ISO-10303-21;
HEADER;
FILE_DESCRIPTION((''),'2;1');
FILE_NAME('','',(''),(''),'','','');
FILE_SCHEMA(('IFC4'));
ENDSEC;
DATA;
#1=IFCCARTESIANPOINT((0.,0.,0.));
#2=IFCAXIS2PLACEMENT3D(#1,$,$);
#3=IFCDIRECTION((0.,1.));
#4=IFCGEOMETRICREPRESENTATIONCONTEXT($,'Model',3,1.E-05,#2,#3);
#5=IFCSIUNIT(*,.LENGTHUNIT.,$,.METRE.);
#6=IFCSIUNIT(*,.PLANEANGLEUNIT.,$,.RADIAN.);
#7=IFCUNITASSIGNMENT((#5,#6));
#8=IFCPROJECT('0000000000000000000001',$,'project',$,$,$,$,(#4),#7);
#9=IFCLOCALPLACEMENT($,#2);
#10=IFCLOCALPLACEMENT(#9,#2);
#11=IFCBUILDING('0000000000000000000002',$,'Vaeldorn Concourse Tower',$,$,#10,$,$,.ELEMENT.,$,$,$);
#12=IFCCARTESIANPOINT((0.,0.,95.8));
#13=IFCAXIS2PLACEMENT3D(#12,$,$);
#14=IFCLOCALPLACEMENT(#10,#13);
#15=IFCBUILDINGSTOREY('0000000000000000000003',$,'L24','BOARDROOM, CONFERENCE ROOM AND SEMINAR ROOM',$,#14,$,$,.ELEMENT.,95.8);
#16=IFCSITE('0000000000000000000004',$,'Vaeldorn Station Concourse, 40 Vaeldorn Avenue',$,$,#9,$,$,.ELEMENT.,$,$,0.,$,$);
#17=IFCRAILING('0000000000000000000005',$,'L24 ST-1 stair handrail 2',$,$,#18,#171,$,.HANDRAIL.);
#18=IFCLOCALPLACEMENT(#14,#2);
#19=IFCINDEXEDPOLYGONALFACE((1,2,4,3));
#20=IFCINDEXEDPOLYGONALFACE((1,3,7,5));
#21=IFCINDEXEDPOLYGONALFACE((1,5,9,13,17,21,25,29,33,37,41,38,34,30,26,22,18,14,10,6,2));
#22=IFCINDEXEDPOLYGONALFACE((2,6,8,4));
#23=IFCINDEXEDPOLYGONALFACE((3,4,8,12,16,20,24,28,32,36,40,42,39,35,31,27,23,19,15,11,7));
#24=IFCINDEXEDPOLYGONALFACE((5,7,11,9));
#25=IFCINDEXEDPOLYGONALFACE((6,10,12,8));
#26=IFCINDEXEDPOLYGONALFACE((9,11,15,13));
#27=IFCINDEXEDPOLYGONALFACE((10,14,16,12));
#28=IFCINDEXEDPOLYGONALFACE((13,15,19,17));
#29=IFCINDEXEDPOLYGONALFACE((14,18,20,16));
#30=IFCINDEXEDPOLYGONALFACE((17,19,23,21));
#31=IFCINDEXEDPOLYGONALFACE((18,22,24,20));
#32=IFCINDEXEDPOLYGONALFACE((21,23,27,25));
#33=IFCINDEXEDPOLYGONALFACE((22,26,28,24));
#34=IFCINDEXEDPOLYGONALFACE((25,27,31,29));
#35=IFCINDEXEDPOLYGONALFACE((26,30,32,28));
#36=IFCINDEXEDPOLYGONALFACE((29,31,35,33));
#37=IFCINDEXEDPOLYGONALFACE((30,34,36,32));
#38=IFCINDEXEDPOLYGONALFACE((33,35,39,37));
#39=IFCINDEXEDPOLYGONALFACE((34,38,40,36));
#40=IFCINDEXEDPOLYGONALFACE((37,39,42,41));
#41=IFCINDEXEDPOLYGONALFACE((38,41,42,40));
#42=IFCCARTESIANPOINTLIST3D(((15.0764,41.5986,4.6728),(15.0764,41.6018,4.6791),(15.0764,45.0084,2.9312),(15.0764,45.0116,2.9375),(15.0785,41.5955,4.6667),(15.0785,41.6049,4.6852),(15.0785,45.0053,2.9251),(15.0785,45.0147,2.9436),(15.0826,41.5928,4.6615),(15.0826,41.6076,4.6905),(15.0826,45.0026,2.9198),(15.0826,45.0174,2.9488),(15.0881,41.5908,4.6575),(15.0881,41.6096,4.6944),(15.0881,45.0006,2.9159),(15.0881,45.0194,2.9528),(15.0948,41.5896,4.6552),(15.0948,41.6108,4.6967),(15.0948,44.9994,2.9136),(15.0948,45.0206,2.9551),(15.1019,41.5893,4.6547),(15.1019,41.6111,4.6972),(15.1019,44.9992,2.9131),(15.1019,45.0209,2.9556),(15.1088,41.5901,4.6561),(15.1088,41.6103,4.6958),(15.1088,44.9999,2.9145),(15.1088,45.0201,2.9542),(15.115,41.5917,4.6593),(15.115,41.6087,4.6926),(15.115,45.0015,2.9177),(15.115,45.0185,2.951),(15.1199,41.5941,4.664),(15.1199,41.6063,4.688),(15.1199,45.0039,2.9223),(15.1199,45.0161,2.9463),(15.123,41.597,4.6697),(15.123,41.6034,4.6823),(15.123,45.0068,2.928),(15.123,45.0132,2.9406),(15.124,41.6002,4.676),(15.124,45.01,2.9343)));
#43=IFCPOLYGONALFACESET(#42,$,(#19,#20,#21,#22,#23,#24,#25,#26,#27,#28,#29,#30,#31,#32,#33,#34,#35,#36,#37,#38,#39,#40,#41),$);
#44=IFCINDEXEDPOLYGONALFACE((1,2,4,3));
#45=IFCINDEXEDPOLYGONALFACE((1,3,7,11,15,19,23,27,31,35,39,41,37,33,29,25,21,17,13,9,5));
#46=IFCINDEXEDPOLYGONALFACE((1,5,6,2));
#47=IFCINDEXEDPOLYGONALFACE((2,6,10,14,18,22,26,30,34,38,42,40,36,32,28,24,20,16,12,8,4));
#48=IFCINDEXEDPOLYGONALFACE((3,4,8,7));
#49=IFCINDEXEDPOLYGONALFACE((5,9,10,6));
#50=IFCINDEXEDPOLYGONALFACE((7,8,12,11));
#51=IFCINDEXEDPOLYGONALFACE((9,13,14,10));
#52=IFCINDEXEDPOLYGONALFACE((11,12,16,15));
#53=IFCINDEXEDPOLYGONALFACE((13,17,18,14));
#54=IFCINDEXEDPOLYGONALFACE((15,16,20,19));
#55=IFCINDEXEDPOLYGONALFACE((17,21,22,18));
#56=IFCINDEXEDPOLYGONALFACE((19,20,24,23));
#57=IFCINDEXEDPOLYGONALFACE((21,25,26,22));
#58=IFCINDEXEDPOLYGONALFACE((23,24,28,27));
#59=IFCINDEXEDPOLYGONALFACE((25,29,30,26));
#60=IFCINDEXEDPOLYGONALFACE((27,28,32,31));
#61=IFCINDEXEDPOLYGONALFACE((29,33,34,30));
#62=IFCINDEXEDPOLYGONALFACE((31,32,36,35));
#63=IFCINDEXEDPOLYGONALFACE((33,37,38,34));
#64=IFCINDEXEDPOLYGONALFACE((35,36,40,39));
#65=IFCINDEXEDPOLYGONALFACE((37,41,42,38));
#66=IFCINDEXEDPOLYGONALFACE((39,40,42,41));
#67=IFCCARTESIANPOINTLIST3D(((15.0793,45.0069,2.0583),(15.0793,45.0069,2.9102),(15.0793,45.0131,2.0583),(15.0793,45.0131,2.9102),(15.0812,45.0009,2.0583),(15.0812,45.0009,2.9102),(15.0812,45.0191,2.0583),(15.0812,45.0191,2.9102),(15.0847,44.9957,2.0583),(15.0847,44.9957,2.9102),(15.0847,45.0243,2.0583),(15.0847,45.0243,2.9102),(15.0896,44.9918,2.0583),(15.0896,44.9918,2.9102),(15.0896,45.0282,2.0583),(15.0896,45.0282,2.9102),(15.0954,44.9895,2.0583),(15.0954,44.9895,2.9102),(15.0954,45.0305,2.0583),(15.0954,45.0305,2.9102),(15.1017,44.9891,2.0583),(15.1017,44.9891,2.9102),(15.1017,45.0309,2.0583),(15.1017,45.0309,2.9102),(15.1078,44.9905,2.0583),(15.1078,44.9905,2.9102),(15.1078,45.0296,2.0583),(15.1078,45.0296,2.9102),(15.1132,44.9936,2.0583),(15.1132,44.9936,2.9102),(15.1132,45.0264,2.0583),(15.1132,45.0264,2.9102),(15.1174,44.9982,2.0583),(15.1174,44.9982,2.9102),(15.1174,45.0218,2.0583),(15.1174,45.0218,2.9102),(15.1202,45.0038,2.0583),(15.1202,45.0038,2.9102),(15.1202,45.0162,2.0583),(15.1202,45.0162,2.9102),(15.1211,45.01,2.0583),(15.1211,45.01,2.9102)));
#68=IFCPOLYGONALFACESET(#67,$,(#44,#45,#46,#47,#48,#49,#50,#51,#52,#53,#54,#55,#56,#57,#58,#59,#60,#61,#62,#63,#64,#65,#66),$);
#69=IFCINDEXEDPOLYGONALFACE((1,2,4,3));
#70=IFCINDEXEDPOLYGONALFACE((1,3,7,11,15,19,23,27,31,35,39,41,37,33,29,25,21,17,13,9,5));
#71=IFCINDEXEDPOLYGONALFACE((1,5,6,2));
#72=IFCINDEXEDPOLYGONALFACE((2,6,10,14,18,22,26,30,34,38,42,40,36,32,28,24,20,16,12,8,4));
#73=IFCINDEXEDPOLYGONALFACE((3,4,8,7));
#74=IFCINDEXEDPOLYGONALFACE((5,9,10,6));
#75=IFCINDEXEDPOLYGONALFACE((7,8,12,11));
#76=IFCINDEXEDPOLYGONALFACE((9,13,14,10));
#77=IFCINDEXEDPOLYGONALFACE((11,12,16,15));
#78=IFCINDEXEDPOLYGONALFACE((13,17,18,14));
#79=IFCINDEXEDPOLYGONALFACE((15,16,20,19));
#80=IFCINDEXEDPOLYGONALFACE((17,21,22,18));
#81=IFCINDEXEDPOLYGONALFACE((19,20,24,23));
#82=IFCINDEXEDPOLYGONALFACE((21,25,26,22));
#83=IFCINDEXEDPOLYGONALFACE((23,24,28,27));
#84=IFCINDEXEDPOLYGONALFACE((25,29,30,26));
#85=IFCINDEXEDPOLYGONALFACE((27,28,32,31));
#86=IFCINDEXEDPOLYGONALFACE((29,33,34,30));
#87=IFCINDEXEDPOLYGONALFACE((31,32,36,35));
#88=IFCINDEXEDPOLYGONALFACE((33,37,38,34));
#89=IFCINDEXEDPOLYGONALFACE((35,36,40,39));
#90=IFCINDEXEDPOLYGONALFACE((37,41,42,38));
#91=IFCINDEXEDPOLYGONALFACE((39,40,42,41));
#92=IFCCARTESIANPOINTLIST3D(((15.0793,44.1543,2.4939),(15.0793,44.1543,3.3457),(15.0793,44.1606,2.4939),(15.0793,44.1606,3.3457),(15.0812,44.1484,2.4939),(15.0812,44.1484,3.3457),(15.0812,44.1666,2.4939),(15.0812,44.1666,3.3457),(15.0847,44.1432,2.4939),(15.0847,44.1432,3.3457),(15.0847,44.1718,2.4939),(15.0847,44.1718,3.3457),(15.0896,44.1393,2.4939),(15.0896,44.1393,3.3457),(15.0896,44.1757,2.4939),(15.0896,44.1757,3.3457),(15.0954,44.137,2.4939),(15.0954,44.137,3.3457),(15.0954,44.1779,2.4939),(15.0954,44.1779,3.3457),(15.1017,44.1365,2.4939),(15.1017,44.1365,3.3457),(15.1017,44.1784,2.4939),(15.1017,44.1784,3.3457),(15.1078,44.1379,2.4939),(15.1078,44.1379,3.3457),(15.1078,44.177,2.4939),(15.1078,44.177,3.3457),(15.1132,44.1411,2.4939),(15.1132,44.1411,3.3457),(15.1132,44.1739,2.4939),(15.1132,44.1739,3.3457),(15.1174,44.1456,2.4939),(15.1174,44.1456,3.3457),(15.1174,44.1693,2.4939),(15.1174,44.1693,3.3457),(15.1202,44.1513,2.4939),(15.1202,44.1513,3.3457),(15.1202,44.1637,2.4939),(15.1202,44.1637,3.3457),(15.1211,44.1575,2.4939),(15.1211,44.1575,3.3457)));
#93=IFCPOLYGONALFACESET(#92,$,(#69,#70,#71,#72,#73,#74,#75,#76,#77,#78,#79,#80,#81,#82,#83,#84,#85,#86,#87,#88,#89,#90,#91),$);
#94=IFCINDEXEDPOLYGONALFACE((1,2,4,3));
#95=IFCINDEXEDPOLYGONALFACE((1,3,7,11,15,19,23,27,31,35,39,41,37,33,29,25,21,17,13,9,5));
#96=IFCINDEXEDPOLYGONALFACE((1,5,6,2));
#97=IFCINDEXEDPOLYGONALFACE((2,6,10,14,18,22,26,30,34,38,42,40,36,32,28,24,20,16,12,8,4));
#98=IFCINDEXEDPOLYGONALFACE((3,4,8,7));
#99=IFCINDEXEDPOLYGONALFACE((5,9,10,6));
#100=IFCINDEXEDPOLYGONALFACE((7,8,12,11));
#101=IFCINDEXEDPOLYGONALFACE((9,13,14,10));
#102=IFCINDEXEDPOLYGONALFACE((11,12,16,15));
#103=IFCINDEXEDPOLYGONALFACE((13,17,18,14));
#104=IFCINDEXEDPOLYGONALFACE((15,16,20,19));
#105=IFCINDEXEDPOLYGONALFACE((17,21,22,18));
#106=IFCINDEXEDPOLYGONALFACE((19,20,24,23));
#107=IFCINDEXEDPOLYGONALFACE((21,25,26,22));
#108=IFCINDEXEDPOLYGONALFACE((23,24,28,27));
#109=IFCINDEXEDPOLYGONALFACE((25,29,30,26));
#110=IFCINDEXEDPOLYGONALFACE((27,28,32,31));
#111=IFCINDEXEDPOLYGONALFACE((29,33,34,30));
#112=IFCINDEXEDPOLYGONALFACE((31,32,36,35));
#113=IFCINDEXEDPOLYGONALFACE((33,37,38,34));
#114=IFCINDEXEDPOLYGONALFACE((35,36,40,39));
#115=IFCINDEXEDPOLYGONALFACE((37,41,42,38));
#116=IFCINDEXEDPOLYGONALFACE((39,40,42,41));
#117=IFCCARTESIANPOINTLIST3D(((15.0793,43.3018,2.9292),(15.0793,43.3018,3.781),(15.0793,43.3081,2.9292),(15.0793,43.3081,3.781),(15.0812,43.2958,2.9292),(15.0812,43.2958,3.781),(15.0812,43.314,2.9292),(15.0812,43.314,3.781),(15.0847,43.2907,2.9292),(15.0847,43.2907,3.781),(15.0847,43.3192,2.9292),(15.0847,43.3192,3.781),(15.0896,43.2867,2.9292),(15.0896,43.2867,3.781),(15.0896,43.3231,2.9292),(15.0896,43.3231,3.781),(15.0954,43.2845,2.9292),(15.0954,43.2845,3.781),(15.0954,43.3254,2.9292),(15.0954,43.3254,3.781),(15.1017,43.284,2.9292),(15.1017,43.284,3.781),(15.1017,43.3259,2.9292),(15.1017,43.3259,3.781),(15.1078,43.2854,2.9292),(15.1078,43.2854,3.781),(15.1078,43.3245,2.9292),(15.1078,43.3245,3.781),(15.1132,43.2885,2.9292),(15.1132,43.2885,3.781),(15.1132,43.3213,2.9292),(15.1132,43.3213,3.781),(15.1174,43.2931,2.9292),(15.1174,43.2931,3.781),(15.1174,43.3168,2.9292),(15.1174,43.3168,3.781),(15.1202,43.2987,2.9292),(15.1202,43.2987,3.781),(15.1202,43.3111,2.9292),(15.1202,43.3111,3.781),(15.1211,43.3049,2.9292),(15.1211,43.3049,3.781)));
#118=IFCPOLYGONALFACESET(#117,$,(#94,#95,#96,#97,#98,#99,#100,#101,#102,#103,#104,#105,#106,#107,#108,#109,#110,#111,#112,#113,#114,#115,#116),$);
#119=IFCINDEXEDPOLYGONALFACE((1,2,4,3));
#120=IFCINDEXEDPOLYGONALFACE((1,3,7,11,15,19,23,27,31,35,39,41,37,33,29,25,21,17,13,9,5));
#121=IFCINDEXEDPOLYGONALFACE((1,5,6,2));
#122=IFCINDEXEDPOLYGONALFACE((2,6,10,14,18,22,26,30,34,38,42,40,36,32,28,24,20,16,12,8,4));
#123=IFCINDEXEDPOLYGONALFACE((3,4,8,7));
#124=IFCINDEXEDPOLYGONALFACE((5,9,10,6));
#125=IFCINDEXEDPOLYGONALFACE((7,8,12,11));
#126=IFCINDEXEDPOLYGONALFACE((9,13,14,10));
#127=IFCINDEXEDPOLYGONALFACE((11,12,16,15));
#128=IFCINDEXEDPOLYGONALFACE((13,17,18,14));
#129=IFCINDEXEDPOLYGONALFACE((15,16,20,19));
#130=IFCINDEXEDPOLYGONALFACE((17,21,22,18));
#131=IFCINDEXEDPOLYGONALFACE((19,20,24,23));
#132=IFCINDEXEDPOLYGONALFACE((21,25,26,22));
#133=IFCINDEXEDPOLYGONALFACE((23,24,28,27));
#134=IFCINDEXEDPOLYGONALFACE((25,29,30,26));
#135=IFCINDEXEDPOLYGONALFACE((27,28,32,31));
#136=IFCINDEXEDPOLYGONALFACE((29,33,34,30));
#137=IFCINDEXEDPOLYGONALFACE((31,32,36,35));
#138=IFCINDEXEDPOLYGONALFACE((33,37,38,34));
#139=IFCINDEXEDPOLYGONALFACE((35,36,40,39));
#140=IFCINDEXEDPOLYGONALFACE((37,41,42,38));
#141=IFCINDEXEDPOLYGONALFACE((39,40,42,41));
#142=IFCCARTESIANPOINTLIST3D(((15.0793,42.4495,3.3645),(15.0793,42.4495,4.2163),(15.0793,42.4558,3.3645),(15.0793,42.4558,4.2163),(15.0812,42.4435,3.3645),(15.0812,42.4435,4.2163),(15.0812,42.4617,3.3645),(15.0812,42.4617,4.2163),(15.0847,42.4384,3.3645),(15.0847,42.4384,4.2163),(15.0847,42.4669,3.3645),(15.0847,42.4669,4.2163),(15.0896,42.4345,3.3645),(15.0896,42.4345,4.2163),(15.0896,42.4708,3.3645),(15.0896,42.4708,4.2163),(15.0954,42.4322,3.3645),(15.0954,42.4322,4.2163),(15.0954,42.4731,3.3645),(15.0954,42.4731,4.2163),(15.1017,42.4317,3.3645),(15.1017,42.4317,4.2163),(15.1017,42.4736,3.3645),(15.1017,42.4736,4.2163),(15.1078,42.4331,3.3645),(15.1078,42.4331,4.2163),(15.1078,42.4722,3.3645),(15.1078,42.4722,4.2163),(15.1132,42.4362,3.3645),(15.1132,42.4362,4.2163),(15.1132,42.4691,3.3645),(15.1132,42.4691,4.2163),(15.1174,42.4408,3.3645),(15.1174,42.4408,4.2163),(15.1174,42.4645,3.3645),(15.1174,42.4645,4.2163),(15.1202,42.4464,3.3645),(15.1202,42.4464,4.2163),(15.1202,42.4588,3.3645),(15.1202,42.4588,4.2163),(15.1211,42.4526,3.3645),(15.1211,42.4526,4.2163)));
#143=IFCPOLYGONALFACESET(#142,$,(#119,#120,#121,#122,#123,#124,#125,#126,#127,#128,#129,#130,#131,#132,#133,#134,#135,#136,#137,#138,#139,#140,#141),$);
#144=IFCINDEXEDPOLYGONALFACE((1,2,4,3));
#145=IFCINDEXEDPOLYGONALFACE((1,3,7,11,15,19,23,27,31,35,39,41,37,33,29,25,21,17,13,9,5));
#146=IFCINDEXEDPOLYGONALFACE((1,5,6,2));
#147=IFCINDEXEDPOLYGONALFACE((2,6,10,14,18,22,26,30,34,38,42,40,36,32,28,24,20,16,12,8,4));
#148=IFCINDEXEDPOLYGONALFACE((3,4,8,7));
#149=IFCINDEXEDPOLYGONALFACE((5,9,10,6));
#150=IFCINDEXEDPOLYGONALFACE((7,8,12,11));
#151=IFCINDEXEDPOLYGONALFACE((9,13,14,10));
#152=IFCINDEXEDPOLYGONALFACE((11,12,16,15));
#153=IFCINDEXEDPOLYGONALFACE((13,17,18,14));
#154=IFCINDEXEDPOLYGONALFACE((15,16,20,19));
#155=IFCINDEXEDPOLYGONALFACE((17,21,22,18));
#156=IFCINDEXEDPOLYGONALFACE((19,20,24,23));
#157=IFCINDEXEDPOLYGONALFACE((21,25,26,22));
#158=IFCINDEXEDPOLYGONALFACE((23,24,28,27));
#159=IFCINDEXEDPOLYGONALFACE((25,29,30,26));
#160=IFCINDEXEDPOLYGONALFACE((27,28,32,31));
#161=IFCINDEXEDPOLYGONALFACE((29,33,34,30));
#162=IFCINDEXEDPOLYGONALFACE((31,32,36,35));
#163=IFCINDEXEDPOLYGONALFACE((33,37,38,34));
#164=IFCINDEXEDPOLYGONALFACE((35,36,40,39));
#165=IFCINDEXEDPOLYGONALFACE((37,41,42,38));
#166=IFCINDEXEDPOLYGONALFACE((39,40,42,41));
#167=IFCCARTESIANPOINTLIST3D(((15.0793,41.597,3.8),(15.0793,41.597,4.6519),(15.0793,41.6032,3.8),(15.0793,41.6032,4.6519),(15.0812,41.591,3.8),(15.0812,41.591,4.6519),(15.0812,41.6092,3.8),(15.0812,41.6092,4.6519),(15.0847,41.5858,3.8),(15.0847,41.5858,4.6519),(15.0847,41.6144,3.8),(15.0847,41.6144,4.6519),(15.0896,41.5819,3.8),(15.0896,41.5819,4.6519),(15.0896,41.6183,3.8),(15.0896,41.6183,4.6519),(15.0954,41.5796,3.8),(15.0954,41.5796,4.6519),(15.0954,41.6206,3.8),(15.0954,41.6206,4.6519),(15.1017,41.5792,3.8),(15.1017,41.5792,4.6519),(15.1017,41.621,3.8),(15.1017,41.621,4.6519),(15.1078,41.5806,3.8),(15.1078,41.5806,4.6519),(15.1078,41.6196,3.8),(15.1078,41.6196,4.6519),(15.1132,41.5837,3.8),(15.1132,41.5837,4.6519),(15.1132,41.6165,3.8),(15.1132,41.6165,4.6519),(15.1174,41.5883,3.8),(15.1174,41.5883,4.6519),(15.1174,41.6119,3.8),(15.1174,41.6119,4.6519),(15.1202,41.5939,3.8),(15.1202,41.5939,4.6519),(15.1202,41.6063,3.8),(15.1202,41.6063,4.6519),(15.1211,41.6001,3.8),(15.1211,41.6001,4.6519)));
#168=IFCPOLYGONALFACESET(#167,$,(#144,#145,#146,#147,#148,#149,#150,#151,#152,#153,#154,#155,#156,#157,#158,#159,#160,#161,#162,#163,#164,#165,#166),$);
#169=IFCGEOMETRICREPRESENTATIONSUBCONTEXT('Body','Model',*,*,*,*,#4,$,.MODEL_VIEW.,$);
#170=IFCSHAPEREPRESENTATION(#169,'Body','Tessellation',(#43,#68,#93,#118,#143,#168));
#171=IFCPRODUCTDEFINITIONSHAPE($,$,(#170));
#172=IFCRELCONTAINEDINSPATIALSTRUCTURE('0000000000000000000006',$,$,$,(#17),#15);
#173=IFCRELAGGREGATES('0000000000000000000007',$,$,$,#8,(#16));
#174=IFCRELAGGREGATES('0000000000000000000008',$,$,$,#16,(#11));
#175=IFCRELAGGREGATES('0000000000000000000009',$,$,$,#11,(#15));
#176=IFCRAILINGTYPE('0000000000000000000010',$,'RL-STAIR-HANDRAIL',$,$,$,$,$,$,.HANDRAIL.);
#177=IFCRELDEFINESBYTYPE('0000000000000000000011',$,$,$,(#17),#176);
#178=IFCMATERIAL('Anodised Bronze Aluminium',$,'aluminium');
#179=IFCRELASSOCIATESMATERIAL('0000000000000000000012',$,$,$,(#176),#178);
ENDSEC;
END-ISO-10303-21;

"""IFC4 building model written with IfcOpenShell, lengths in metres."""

from ifc_helpers import new_model, si_unit, direction, frame, origin, origin_2d, place, context, subcontext, project, spatial, circle, extrude, material, type_object, element, save


model = new_model("IFC4")

# Units and contexts
model_context = context("Model", 3, precision=1e-05, world=origin(), true_north=direction((0.0, 1.0)))
body_context = subcontext(model_context, "Body", "Model", "MODEL_VIEW")
ifc_project = project(units=[si_unit("LENGTHUNIT", "METRE"), si_unit("PLANEANGLEUNIT", "RADIAN")], contexts=[model_context])

# Site, building, storey
site_placement = place(None, origin())
site = spatial("IfcSite", under=ifc_project, at=site_placement, Name="Vaeldorn Station Concourse, 40 Vaeldorn Avenue", CompositionType="ELEMENT", RefElevation=0.0)
building_placement = place(site_placement, origin())
building = spatial("IfcBuilding", under=site, at=building_placement, Name="Vaeldorn Concourse Tower", CompositionType="ELEMENT")
storey_placement = place(building_placement, frame((0.0, 0.0, 95.8)))
storey = spatial("IfcBuildingStorey", under=building, at=storey_placement, Name="L24", Description="BOARDROOM, CONFERENCE ROOM AND SEMINAR ROOM", CompositionType="ELEMENT", Elevation=95.8)

# Shared definitions
ifc_material_1 = material(Name="Anodised Bronze Aluminium", Category="aluminium")

# Railing
railing_type_1 = type_object("IfcRailingType", Name="RL-STAIR-HANDRAIL", PredefinedType="HANDRAIL", material=ifc_material_1)
railing_1_placement = place(storey_placement, frame((15.1001, 45.01, 2.0583)))
element("IfcRailing", 1, at=railing_1_placement, inside=storey, type_object=railing_type_1, Name="L24 ST-1 stair handrail 2", PredefinedType="HANDRAIL", context=body_context, shape_type="SweptSolid", body=[
    extrude(circle(Radius=0.0239, at=origin_2d()), frame((0.0, 0.0, 0.876), z_axis=(0.0, -0.890556, 0.454874), x_axis=(1.0, 0.0, 0.0)), (0.0, 0.0, 1.0), 3.8289),
    extrude(circle(Radius=0.021, at=origin_2d()), origin(), (0.0, 0.0, 1.0), 0.8518),
    extrude(circle(Radius=0.021, at=origin_2d()), frame((0.0, -0.8525, 0.4355)), (0.0, 0.0, 1.0), 0.8518),
    extrude(circle(Radius=0.021, at=origin_2d()), frame((0.0, -1.7051, 0.8708)), (0.0, 0.0, 1.0), 0.8518),
    extrude(circle(Radius=0.021, at=origin_2d()), frame((0.0, -2.5574, 1.3062)), (0.0, 0.0, 1.0), 0.8518),
    extrude(circle(Radius=0.021, at=origin_2d()), frame((0.0, -3.4099, 1.7417)), (0.0, 0.0, 1.0), 0.8518),
])

save(model, "model.ifc")
